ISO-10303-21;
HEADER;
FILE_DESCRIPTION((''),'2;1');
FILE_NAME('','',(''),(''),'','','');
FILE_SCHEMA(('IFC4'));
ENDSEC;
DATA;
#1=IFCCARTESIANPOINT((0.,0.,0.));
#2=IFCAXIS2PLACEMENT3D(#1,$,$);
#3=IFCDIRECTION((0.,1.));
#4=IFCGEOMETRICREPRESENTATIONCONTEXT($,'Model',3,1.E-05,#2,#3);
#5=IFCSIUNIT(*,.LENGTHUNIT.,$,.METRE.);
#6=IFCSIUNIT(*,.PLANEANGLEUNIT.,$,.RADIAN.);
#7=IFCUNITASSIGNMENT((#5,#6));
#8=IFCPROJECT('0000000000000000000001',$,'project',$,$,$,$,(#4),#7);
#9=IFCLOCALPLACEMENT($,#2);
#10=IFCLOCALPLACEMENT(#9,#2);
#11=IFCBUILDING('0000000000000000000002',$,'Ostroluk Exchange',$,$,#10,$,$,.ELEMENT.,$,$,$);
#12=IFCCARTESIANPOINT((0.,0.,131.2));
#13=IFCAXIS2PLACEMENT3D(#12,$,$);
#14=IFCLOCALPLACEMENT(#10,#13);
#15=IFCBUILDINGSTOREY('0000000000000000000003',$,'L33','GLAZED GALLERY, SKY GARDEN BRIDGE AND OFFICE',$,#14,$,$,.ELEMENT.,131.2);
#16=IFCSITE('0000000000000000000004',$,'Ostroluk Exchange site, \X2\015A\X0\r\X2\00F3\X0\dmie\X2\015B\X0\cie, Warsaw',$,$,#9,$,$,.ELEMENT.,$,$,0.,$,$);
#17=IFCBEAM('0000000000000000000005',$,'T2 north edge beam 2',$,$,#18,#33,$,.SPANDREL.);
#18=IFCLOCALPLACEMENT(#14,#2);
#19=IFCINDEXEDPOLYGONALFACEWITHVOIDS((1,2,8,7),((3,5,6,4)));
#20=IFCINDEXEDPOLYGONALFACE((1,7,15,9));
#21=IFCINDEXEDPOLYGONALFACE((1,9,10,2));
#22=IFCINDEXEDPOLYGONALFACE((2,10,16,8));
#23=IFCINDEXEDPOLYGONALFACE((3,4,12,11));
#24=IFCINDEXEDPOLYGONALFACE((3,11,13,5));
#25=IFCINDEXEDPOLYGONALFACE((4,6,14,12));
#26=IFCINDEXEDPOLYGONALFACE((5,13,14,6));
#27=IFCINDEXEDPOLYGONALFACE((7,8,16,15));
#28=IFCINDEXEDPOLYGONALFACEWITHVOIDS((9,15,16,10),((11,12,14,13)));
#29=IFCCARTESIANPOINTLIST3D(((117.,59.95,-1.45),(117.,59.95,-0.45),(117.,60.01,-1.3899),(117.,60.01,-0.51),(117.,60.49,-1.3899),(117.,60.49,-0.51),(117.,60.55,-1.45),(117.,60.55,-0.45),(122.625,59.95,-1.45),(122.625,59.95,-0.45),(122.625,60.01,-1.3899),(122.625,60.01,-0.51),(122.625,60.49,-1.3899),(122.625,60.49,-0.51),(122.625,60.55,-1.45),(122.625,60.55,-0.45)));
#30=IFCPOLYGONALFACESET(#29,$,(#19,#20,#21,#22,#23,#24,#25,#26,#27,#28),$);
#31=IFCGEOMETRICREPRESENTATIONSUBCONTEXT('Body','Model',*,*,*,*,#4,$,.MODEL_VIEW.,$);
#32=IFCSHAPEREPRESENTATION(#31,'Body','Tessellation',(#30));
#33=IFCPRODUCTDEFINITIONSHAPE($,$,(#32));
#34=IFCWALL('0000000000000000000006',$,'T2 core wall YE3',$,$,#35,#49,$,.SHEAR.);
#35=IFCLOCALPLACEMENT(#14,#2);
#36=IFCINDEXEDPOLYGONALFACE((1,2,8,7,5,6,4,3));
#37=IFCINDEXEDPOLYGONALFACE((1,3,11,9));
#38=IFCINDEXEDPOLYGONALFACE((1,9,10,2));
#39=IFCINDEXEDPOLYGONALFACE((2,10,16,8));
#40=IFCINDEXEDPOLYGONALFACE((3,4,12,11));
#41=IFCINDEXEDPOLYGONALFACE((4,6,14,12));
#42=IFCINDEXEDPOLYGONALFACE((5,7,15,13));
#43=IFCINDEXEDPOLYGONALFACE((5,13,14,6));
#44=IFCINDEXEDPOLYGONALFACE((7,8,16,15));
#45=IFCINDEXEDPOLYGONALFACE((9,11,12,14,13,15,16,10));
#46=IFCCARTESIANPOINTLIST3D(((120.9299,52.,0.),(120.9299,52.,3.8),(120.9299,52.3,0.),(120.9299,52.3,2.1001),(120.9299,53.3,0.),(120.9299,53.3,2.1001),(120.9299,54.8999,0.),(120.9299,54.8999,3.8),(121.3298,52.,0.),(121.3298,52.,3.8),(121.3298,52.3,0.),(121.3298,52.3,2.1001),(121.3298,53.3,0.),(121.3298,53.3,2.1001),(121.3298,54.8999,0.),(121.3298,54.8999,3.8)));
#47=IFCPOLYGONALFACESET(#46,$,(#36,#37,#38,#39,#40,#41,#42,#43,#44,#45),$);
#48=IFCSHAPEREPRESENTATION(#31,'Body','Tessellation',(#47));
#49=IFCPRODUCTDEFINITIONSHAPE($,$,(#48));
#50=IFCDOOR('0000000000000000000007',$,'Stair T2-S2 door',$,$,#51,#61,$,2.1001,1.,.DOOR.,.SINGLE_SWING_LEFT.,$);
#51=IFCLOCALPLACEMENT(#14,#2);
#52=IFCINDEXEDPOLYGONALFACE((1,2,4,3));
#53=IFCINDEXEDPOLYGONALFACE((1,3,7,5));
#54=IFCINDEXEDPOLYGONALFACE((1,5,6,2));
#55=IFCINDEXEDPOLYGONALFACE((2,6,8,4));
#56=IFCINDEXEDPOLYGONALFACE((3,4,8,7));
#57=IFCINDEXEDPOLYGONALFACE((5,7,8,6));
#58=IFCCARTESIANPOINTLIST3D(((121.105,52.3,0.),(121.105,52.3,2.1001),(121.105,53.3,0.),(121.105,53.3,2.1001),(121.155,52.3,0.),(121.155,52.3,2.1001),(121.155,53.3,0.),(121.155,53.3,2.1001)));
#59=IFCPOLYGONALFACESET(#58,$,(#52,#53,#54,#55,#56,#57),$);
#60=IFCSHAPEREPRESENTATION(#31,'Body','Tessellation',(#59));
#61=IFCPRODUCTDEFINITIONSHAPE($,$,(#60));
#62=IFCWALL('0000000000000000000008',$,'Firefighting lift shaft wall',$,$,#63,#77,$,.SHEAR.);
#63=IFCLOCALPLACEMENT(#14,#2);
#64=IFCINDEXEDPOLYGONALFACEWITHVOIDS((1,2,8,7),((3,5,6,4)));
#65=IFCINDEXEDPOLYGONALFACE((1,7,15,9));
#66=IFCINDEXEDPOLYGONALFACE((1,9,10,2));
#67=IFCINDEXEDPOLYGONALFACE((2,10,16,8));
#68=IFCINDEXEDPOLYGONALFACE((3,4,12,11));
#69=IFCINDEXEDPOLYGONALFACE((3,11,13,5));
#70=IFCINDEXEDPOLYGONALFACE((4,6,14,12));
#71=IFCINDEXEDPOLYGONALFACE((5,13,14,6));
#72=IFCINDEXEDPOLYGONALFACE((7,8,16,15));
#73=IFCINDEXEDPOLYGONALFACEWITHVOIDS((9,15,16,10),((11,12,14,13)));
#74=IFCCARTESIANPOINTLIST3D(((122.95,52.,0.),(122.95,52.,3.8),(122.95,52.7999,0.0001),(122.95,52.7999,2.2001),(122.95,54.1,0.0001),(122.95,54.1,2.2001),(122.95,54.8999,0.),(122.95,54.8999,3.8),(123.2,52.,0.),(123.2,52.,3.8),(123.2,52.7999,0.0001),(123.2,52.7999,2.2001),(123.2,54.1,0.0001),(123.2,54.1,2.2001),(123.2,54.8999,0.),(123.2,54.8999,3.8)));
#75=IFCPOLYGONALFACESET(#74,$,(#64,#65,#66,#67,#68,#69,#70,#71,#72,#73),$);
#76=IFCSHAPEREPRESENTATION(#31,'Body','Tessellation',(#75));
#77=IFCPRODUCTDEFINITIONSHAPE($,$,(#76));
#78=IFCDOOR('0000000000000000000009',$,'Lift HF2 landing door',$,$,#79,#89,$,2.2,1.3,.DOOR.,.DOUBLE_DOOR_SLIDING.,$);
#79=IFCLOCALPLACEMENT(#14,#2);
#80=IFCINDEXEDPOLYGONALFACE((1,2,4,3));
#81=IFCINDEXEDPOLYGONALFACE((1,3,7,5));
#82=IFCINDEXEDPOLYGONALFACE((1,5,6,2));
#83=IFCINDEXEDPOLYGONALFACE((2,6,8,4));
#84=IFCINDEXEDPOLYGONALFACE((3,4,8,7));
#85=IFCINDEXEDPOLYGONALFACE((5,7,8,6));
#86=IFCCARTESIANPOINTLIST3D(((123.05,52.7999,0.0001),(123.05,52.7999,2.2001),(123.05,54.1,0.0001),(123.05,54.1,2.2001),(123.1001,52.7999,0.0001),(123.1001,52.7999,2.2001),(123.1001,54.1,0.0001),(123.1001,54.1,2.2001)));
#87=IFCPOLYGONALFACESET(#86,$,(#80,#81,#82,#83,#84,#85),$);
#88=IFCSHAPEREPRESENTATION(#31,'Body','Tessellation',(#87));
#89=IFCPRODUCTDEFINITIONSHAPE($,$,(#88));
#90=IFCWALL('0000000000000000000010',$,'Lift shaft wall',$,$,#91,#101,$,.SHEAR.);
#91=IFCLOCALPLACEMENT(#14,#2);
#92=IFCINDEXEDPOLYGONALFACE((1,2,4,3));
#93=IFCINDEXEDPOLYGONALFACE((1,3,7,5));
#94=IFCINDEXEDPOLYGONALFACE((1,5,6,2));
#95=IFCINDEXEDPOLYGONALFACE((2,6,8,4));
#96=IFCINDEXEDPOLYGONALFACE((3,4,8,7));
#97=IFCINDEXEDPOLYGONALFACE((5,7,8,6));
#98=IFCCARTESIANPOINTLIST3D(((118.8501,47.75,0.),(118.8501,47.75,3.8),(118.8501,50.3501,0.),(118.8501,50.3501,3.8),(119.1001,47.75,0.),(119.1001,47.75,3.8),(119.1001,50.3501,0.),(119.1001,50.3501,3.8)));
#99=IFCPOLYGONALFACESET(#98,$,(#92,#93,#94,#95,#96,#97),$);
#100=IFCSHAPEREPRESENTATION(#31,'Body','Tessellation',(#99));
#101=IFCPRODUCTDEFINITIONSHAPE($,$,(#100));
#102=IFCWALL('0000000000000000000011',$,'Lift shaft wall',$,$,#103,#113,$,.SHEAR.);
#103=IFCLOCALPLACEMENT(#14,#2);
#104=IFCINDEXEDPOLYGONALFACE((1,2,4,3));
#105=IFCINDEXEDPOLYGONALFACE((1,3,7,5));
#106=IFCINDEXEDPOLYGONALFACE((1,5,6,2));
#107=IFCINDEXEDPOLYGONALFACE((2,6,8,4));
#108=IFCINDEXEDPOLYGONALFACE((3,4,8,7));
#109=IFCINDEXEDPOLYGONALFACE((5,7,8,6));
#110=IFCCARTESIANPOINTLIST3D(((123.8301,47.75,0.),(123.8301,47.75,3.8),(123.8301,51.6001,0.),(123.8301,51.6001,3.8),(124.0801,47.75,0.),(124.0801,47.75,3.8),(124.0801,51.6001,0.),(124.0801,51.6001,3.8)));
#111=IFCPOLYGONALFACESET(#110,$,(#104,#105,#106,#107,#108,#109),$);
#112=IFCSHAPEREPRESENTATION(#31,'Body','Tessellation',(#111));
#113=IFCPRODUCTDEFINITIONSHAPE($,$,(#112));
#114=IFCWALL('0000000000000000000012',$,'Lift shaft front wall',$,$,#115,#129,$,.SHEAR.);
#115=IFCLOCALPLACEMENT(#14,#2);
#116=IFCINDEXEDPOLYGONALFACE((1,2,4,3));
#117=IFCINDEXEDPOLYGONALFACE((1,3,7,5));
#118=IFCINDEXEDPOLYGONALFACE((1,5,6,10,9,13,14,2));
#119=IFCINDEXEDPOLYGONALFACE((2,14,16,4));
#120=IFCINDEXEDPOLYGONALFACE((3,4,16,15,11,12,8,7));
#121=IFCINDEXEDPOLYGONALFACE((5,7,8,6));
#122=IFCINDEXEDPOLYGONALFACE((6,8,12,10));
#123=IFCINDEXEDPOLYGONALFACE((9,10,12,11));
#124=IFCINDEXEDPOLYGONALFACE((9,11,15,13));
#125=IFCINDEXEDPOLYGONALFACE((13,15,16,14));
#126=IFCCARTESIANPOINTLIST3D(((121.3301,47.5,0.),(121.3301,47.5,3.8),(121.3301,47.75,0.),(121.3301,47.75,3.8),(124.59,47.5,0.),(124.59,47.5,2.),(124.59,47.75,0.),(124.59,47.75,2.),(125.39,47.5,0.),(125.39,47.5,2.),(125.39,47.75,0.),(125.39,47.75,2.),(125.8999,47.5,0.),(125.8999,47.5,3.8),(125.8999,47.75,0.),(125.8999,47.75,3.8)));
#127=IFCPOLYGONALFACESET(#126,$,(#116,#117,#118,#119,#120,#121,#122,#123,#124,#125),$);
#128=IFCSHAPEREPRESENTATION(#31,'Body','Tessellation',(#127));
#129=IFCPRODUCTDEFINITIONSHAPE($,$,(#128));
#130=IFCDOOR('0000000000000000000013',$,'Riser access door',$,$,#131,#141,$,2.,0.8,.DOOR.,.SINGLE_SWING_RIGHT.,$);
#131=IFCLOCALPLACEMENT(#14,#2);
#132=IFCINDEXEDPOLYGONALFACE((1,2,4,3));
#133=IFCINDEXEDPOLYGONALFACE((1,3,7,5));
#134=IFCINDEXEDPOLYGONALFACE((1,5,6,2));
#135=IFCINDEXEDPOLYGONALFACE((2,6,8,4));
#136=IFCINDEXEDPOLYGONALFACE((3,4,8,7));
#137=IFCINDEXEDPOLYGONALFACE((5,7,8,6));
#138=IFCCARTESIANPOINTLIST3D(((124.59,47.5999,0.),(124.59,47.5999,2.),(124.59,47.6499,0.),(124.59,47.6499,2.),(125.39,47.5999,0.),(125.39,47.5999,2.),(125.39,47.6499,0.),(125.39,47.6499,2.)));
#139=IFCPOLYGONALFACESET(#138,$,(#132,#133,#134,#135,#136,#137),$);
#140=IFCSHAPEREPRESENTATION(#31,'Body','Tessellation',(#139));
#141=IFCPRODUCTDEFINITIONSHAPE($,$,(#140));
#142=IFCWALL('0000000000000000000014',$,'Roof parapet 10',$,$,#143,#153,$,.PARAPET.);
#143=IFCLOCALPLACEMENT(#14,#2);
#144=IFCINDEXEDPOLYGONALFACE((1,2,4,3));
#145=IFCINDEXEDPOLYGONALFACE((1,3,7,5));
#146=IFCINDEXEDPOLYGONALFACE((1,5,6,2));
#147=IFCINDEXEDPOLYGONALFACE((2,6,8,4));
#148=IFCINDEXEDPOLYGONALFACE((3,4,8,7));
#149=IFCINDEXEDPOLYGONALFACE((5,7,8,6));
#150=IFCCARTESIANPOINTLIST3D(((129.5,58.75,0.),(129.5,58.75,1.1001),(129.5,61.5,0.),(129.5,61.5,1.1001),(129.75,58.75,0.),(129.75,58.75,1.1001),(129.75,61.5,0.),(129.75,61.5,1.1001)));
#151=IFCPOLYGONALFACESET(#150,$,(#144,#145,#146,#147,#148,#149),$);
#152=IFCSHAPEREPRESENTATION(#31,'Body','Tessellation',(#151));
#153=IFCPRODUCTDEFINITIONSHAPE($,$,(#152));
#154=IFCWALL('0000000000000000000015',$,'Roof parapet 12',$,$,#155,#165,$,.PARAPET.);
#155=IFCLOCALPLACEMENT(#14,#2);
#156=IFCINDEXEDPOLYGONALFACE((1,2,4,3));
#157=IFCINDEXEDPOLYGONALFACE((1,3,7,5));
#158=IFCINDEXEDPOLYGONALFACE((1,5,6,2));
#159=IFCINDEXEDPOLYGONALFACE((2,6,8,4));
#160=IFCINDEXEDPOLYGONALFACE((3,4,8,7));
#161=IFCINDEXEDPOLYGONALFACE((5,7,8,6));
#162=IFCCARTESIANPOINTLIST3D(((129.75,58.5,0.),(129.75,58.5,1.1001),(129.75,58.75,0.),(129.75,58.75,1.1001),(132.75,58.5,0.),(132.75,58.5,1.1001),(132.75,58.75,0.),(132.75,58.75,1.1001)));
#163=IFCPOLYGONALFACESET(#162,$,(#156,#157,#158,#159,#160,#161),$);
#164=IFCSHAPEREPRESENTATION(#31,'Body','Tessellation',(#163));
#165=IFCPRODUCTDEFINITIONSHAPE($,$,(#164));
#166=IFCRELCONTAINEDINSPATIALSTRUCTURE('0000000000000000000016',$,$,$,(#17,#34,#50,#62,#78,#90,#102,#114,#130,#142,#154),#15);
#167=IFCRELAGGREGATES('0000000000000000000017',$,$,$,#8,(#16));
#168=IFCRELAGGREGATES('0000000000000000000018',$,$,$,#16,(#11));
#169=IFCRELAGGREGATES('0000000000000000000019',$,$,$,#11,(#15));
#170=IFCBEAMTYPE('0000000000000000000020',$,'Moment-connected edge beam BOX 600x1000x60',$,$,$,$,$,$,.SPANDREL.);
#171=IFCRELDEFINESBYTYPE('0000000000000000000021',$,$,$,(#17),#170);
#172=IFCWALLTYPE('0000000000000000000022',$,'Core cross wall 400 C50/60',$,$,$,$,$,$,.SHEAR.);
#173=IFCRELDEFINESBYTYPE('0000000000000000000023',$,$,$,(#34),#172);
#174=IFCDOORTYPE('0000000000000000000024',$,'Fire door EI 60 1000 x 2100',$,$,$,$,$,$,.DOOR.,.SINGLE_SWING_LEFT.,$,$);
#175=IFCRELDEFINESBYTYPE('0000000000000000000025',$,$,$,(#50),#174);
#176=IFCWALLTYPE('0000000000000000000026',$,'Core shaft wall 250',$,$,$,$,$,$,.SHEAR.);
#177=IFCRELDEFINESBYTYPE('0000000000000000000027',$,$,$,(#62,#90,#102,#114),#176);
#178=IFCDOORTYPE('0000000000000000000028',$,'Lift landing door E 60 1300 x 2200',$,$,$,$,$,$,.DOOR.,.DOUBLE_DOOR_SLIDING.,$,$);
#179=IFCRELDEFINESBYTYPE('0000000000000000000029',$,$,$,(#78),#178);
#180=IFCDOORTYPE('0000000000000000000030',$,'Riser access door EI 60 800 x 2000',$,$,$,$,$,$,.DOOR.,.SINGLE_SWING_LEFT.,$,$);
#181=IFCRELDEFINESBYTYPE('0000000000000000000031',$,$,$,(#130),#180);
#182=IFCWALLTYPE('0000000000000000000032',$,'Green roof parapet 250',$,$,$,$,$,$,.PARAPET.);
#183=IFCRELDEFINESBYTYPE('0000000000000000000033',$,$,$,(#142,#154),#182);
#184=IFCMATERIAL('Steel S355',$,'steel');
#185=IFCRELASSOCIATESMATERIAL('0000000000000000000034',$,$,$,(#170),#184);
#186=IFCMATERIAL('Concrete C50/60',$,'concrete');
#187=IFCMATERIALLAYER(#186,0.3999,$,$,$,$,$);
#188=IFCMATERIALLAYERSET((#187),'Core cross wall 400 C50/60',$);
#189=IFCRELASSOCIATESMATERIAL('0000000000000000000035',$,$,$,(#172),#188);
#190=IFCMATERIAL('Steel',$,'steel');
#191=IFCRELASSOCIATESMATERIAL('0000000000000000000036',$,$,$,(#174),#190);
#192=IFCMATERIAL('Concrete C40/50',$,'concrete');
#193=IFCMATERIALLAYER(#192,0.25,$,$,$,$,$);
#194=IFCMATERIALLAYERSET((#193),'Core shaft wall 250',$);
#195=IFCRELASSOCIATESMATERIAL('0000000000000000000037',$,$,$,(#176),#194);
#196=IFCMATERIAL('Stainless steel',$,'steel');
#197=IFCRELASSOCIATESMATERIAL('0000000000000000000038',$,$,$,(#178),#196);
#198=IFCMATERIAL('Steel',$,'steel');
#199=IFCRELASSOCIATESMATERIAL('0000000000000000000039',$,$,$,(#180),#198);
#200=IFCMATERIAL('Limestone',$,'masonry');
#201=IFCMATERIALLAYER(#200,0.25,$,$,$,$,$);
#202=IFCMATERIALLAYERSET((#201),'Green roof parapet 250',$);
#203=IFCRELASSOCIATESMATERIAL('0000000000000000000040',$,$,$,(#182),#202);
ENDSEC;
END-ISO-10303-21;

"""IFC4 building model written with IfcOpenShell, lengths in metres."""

from ifc_helpers import new_model, si_unit, direction, frame, frame_2d, origin, origin_2d, place, context, subcontext, project, spatial, rectangle, hollow_rectangle, extrude, material, layer, layer_set, material_profile, profile_set, type_object, element, fill, save


model = new_model("IFC4")

# Units and contexts
model_context = context("Model", 3, precision=1e-05, world=origin(), true_north=direction((0.0, 1.0)))
body_context = subcontext(model_context, "Body", "Model", "MODEL_VIEW")
ifc_project = project(units=[si_unit("LENGTHUNIT", "METRE"), si_unit("PLANEANGLEUNIT", "RADIAN")], contexts=[model_context])

# Site, building, storey
site_placement = place(None, origin())
site = spatial("IfcSite", under=ifc_project, at=site_placement, Name="Ostroluk Exchange site, Śródmieście, Warsaw", CompositionType="ELEMENT", RefElevation=0.0)
building_placement = place(site_placement, origin())
building = spatial("IfcBuilding", under=site, at=building_placement, Name="Ostroluk Exchange", CompositionType="ELEMENT")
storey_placement = place(building_placement, frame((0.0, 0.0, 131.2)))
storey = spatial("IfcBuildingStorey", under=building, at=storey_placement, Name="L33", Description="GLAZED GALLERY, SKY GARDEN BRIDGE AND OFFICE", CompositionType="ELEMENT", Elevation=131.2)

# Beam
ifc_material_1 = material(Name="Steel S355", Category="steel")
ifc_material_profile_1 = material_profile(ifc_material_1, hollow_rectangle(XDim=0.6001, YDim=1.0, WallThickness=0.0601, at=origin_2d()), Name="BOX 600x1000x60")
ifc_profile_set_1 = profile_set([ifc_material_profile_1], Name="Steel S355")
beam_type_1 = type_object("IfcBeamType", Name="Moment-connected edge beam BOX 600x1000x60", PredefinedType="SPANDREL", material=ifc_profile_set_1)
for number, where, z_axis, x_axis, name in (
    (1, (122.625, 60.25, -0.95), (-1.0, 0.0, 0.0), (0.0, -1.0, 0.0), "T2 north edge beam 2"),
):
    element("IfcBeam", number, at=place(storey_placement, frame(where, z_axis=z_axis, x_axis=x_axis)), inside=storey, type_object=beam_type_1, Name=name, PredefinedType="SPANDREL", context=body_context, shape_type="SweptSolid", body=[
        extrude(hollow_rectangle(XDim=0.6001, YDim=1.0, WallThickness=0.0601, at=origin_2d()), origin(), (0.0, 0.0, 1.0), 5.625),
    ])

# Walls, openings, doors
ifc_material_2 = material(Name="Concrete C50/60", Category="concrete")
ifc_layer_1 = layer(ifc_material_2, 0.3999)
ifc_layer_set_1 = layer_set([ifc_layer_1], Name="Core cross wall 400 C50/60")
wall_type_1 = type_object("IfcWallType", Name="Core cross wall 400 C50/60", PredefinedType="SHEAR", material=ifc_layer_set_1)
wall_1_placement = place(storey_placement, frame((121.1299, 52.0, 0.0), z_axis=(0.0, 0.0, 1.0), x_axis=(0.0, 1.0, 0.0)))
wall_1 = element("IfcWall", 2, at=wall_1_placement, inside=storey, type_object=wall_type_1, Name="T2 core wall YE3", PredefinedType="SHEAR", context=body_context, shape_type="SweptSolid", body=[
    extrude(rectangle(XDim=2.8999, YDim=0.3999, at=frame_2d((1.45, 0.0))), origin(), (0.0, 0.0, 1.0), 3.8),
])
opening_1_placement = place(wall_1_placement, frame((0.3, 0.0, 0.0)))
opening_1 = element("IfcOpeningElement", 3, at=opening_1_placement, cuts=wall_1, PredefinedType="OPENING", context=body_context, shape_type="SweptSolid", body=[
    extrude(rectangle(XDim=1.0, YDim=2.1001, at=frame_2d((0.5, 1.05))), frame((0.0, 0.21, 0.0), z_axis=(0.0, -1.0, 0.0), x_axis=(1.0, 0.0, 0.0)), (0.0, 0.0, 1.0), 0.4199),
])
ifc_material_3 = material(Name="Steel", Category="steel")
door_type_1 = type_object("IfcDoorType", Name="Fire door EI 60 1000 x 2100", OperationType="SINGLE_SWING_LEFT", PredefinedType="DOOR", material=ifc_material_3)
door_1_placement = place(opening_1_placement, origin())
door_1 = element("IfcDoor", 4, at=door_1_placement, inside=storey, type_object=door_type_1, Name="Stair T2-S2 door", OperationType="SINGLE_SWING_LEFT", OverallHeight=2.1001, OverallWidth=1.0, PredefinedType="DOOR", context=body_context, shape_type="SweptSolid", body=[
    extrude(rectangle(XDim=1.0, YDim=2.1001, at=frame_2d((0.5, 1.05))), frame((0.0, 0.0249, 0.0), z_axis=(0.0, -1.0, 0.0), x_axis=(1.0, 0.0, 0.0)), (0.0, 0.0, 1.0), 0.05),
])
fill(opening_1, door_1)
ifc_material_4 = material(Name="Concrete C40/50", Category="concrete")
ifc_layer_2 = layer(ifc_material_4, 0.25)
ifc_layer_set_2 = layer_set([ifc_layer_2], Name="Core shaft wall 250")
wall_type_2 = type_object("IfcWallType", Name="Core shaft wall 250", PredefinedType="SHEAR", material=ifc_layer_set_2)
wall_2_placement = place(storey_placement, frame((123.075, 52.0, 0.0), z_axis=(0.0, 0.0, 1.0), x_axis=(0.0, 1.0, 0.0)))
wall_2 = element("IfcWall", 5, at=wall_2_placement, inside=storey, type_object=wall_type_2, Name="Firefighting lift shaft wall", PredefinedType="SHEAR", context=body_context, shape_type="SweptSolid", body=[
    extrude(rectangle(XDim=2.8999, YDim=0.25, at=frame_2d((1.45, 0.0))), origin(), (0.0, 0.0, 1.0), 3.8),
])
opening_2_placement = place(wall_2_placement, frame((0.8, 0.0, 0.0)))
opening_2 = element("IfcOpeningElement", 6, at=opening_2_placement, cuts=wall_2, PredefinedType="OPENING", context=body_context, shape_type="SweptSolid", body=[
    extrude(rectangle(XDim=1.3, YDim=2.2, at=frame_2d((0.6499, 1.1001))), frame((0.0, 0.135, 0.0), z_axis=(0.0, -1.0, 0.0), x_axis=(1.0, 0.0, 0.0)), (0.0, 0.0, 1.0), 0.27),
])
ifc_material_5 = material(Name="Stainless steel", Category="steel")
door_type_2 = type_object("IfcDoorType", Name="Lift landing door E 60 1300 x 2200", OperationType="DOUBLE_DOOR_SLIDING", PredefinedType="DOOR", material=ifc_material_5)
door_2_placement = place(opening_2_placement, origin())
door_2 = element("IfcDoor", 7, at=door_2_placement, inside=storey, type_object=door_type_2, Name="Lift HF2 landing door", OperationType="DOUBLE_DOOR_SLIDING", OverallHeight=2.2, OverallWidth=1.3, PredefinedType="DOOR", context=body_context, shape_type="SweptSolid", body=[
    extrude(rectangle(XDim=1.3, YDim=2.2, at=frame_2d((0.6499, 1.1001))), frame((0.0, 0.0249, 0.0), z_axis=(0.0, -1.0, 0.0), x_axis=(1.0, 0.0, 0.0)), (0.0, 0.0, 1.0), 0.05),
])
fill(opening_2, door_2)

# Walls
wall_3_placement = place(storey_placement, frame((118.9751, 47.75, 0.0), z_axis=(0.0, 0.0, 1.0), x_axis=(0.0, 1.0, 0.0)))
element("IfcWall", 8, at=wall_3_placement, inside=storey, type_object=wall_type_2, Name="Lift shaft wall", PredefinedType="SHEAR", context=body_context, shape_type="SweptSolid", body=[
    extrude(rectangle(XDim=2.6001, YDim=0.25, at=frame_2d((1.3, 0.0))), origin(), (0.0, 0.0, 1.0), 3.8),
])
wall_4_placement = place(storey_placement, frame((123.9551, 47.75, 0.0), z_axis=(0.0, 0.0, 1.0), x_axis=(0.0, 1.0, 0.0)))
element("IfcWall", 9, at=wall_4_placement, inside=storey, type_object=wall_type_2, Name="Lift shaft wall", PredefinedType="SHEAR", context=body_context, shape_type="SweptSolid", body=[
    extrude(rectangle(XDim=3.8501, YDim=0.25, at=frame_2d((1.925, 0.0))), origin(), (0.0, 0.0, 1.0), 3.8),
])

# Wall, opening, door
wall_5_placement = place(storey_placement, frame((121.3301, 47.625, 0.0), z_axis=(0.0, 0.0, 1.0), x_axis=(1.0, 0.0, 0.0)))
wall_5 = element("IfcWall", 10, at=wall_5_placement, inside=storey, type_object=wall_type_2, Name="Lift shaft front wall", PredefinedType="SHEAR", context=body_context, shape_type="SweptSolid", body=[
    extrude(rectangle(XDim=4.5698, YDim=0.25, at=frame_2d((2.2849, 0.0))), origin(), (0.0, 0.0, 1.0), 3.8),
])
opening_3_placement = place(wall_5_placement, frame((3.26, 0.0, 0.0)))
opening_3 = element("IfcOpeningElement", 11, at=opening_3_placement, cuts=wall_5, PredefinedType="OPENING", context=body_context, shape_type="SweptSolid", body=[
    extrude(rectangle(XDim=0.8, YDim=2.0, at=frame_2d((0.3999, 1.0))), frame((0.0, 0.135, 0.0), z_axis=(0.0, -1.0, 0.0), x_axis=(1.0, 0.0, 0.0)), (0.0, 0.0, 1.0), 0.27),
])
ifc_material_6 = material(Name="Steel", Category="steel")
door_type_3 = type_object("IfcDoorType", Name="Riser access door EI 60 800 x 2000", OperationType="SINGLE_SWING_LEFT", PredefinedType="DOOR", material=ifc_material_6)
door_3_placement = place(opening_3_placement, origin())
door_3 = element("IfcDoor", 12, at=door_3_placement, inside=storey, type_object=door_type_3, Name="Riser access door", OperationType="SINGLE_SWING_RIGHT", OverallHeight=2.0, OverallWidth=0.8, PredefinedType="DOOR", context=body_context, shape_type="SweptSolid", body=[
    extrude(rectangle(XDim=0.8, YDim=2.0, at=frame_2d((0.3999, 1.0))), frame((0.0, 0.0249, 0.0), z_axis=(0.0, -1.0, 0.0), x_axis=(1.0, 0.0, 0.0)), (0.0, 0.0, 1.0), 0.05),
])
fill(opening_3, door_3)

# Walls
ifc_material_7 = material(Name="Limestone", Category="masonry")
ifc_layer_3 = layer(ifc_material_7, 0.25)
ifc_layer_set_3 = layer_set([ifc_layer_3], Name="Green roof parapet 250")
wall_type_3 = type_object("IfcWallType", Name="Green roof parapet 250", PredefinedType="PARAPET", material=ifc_layer_set_3)
wall_6_placement = place(storey_placement, frame((129.625, 58.75, 0.0), z_axis=(0.0, 0.0, 1.0), x_axis=(0.0, 1.0, 0.0)))
element("IfcWall", 13, at=wall_6_placement, inside=storey, type_object=wall_type_3, Name="Roof parapet 10", PredefinedType="PARAPET", context=body_context, shape_type="SweptSolid", body=[
    extrude(rectangle(XDim=2.75, YDim=0.25, at=frame_2d((1.375, 0.0))), origin(), (0.0, 0.0, 1.0), 1.1001),
])
wall_7_placement = place(storey_placement, frame((129.75, 58.625, 0.0), z_axis=(0.0, 0.0, 1.0), x_axis=(1.0, 0.0, 0.0)))
element("IfcWall", 14, at=wall_7_placement, inside=storey, type_object=wall_type_3, Name="Roof parapet 12", PredefinedType="PARAPET", context=body_context, shape_type="SweptSolid", body=[
    extrude(rectangle(XDim=3.0, YDim=0.25, at=frame_2d((1.5, 0.0))), origin(), (0.0, 0.0, 1.0), 1.1001),
])

save(model, "model.ifc")
